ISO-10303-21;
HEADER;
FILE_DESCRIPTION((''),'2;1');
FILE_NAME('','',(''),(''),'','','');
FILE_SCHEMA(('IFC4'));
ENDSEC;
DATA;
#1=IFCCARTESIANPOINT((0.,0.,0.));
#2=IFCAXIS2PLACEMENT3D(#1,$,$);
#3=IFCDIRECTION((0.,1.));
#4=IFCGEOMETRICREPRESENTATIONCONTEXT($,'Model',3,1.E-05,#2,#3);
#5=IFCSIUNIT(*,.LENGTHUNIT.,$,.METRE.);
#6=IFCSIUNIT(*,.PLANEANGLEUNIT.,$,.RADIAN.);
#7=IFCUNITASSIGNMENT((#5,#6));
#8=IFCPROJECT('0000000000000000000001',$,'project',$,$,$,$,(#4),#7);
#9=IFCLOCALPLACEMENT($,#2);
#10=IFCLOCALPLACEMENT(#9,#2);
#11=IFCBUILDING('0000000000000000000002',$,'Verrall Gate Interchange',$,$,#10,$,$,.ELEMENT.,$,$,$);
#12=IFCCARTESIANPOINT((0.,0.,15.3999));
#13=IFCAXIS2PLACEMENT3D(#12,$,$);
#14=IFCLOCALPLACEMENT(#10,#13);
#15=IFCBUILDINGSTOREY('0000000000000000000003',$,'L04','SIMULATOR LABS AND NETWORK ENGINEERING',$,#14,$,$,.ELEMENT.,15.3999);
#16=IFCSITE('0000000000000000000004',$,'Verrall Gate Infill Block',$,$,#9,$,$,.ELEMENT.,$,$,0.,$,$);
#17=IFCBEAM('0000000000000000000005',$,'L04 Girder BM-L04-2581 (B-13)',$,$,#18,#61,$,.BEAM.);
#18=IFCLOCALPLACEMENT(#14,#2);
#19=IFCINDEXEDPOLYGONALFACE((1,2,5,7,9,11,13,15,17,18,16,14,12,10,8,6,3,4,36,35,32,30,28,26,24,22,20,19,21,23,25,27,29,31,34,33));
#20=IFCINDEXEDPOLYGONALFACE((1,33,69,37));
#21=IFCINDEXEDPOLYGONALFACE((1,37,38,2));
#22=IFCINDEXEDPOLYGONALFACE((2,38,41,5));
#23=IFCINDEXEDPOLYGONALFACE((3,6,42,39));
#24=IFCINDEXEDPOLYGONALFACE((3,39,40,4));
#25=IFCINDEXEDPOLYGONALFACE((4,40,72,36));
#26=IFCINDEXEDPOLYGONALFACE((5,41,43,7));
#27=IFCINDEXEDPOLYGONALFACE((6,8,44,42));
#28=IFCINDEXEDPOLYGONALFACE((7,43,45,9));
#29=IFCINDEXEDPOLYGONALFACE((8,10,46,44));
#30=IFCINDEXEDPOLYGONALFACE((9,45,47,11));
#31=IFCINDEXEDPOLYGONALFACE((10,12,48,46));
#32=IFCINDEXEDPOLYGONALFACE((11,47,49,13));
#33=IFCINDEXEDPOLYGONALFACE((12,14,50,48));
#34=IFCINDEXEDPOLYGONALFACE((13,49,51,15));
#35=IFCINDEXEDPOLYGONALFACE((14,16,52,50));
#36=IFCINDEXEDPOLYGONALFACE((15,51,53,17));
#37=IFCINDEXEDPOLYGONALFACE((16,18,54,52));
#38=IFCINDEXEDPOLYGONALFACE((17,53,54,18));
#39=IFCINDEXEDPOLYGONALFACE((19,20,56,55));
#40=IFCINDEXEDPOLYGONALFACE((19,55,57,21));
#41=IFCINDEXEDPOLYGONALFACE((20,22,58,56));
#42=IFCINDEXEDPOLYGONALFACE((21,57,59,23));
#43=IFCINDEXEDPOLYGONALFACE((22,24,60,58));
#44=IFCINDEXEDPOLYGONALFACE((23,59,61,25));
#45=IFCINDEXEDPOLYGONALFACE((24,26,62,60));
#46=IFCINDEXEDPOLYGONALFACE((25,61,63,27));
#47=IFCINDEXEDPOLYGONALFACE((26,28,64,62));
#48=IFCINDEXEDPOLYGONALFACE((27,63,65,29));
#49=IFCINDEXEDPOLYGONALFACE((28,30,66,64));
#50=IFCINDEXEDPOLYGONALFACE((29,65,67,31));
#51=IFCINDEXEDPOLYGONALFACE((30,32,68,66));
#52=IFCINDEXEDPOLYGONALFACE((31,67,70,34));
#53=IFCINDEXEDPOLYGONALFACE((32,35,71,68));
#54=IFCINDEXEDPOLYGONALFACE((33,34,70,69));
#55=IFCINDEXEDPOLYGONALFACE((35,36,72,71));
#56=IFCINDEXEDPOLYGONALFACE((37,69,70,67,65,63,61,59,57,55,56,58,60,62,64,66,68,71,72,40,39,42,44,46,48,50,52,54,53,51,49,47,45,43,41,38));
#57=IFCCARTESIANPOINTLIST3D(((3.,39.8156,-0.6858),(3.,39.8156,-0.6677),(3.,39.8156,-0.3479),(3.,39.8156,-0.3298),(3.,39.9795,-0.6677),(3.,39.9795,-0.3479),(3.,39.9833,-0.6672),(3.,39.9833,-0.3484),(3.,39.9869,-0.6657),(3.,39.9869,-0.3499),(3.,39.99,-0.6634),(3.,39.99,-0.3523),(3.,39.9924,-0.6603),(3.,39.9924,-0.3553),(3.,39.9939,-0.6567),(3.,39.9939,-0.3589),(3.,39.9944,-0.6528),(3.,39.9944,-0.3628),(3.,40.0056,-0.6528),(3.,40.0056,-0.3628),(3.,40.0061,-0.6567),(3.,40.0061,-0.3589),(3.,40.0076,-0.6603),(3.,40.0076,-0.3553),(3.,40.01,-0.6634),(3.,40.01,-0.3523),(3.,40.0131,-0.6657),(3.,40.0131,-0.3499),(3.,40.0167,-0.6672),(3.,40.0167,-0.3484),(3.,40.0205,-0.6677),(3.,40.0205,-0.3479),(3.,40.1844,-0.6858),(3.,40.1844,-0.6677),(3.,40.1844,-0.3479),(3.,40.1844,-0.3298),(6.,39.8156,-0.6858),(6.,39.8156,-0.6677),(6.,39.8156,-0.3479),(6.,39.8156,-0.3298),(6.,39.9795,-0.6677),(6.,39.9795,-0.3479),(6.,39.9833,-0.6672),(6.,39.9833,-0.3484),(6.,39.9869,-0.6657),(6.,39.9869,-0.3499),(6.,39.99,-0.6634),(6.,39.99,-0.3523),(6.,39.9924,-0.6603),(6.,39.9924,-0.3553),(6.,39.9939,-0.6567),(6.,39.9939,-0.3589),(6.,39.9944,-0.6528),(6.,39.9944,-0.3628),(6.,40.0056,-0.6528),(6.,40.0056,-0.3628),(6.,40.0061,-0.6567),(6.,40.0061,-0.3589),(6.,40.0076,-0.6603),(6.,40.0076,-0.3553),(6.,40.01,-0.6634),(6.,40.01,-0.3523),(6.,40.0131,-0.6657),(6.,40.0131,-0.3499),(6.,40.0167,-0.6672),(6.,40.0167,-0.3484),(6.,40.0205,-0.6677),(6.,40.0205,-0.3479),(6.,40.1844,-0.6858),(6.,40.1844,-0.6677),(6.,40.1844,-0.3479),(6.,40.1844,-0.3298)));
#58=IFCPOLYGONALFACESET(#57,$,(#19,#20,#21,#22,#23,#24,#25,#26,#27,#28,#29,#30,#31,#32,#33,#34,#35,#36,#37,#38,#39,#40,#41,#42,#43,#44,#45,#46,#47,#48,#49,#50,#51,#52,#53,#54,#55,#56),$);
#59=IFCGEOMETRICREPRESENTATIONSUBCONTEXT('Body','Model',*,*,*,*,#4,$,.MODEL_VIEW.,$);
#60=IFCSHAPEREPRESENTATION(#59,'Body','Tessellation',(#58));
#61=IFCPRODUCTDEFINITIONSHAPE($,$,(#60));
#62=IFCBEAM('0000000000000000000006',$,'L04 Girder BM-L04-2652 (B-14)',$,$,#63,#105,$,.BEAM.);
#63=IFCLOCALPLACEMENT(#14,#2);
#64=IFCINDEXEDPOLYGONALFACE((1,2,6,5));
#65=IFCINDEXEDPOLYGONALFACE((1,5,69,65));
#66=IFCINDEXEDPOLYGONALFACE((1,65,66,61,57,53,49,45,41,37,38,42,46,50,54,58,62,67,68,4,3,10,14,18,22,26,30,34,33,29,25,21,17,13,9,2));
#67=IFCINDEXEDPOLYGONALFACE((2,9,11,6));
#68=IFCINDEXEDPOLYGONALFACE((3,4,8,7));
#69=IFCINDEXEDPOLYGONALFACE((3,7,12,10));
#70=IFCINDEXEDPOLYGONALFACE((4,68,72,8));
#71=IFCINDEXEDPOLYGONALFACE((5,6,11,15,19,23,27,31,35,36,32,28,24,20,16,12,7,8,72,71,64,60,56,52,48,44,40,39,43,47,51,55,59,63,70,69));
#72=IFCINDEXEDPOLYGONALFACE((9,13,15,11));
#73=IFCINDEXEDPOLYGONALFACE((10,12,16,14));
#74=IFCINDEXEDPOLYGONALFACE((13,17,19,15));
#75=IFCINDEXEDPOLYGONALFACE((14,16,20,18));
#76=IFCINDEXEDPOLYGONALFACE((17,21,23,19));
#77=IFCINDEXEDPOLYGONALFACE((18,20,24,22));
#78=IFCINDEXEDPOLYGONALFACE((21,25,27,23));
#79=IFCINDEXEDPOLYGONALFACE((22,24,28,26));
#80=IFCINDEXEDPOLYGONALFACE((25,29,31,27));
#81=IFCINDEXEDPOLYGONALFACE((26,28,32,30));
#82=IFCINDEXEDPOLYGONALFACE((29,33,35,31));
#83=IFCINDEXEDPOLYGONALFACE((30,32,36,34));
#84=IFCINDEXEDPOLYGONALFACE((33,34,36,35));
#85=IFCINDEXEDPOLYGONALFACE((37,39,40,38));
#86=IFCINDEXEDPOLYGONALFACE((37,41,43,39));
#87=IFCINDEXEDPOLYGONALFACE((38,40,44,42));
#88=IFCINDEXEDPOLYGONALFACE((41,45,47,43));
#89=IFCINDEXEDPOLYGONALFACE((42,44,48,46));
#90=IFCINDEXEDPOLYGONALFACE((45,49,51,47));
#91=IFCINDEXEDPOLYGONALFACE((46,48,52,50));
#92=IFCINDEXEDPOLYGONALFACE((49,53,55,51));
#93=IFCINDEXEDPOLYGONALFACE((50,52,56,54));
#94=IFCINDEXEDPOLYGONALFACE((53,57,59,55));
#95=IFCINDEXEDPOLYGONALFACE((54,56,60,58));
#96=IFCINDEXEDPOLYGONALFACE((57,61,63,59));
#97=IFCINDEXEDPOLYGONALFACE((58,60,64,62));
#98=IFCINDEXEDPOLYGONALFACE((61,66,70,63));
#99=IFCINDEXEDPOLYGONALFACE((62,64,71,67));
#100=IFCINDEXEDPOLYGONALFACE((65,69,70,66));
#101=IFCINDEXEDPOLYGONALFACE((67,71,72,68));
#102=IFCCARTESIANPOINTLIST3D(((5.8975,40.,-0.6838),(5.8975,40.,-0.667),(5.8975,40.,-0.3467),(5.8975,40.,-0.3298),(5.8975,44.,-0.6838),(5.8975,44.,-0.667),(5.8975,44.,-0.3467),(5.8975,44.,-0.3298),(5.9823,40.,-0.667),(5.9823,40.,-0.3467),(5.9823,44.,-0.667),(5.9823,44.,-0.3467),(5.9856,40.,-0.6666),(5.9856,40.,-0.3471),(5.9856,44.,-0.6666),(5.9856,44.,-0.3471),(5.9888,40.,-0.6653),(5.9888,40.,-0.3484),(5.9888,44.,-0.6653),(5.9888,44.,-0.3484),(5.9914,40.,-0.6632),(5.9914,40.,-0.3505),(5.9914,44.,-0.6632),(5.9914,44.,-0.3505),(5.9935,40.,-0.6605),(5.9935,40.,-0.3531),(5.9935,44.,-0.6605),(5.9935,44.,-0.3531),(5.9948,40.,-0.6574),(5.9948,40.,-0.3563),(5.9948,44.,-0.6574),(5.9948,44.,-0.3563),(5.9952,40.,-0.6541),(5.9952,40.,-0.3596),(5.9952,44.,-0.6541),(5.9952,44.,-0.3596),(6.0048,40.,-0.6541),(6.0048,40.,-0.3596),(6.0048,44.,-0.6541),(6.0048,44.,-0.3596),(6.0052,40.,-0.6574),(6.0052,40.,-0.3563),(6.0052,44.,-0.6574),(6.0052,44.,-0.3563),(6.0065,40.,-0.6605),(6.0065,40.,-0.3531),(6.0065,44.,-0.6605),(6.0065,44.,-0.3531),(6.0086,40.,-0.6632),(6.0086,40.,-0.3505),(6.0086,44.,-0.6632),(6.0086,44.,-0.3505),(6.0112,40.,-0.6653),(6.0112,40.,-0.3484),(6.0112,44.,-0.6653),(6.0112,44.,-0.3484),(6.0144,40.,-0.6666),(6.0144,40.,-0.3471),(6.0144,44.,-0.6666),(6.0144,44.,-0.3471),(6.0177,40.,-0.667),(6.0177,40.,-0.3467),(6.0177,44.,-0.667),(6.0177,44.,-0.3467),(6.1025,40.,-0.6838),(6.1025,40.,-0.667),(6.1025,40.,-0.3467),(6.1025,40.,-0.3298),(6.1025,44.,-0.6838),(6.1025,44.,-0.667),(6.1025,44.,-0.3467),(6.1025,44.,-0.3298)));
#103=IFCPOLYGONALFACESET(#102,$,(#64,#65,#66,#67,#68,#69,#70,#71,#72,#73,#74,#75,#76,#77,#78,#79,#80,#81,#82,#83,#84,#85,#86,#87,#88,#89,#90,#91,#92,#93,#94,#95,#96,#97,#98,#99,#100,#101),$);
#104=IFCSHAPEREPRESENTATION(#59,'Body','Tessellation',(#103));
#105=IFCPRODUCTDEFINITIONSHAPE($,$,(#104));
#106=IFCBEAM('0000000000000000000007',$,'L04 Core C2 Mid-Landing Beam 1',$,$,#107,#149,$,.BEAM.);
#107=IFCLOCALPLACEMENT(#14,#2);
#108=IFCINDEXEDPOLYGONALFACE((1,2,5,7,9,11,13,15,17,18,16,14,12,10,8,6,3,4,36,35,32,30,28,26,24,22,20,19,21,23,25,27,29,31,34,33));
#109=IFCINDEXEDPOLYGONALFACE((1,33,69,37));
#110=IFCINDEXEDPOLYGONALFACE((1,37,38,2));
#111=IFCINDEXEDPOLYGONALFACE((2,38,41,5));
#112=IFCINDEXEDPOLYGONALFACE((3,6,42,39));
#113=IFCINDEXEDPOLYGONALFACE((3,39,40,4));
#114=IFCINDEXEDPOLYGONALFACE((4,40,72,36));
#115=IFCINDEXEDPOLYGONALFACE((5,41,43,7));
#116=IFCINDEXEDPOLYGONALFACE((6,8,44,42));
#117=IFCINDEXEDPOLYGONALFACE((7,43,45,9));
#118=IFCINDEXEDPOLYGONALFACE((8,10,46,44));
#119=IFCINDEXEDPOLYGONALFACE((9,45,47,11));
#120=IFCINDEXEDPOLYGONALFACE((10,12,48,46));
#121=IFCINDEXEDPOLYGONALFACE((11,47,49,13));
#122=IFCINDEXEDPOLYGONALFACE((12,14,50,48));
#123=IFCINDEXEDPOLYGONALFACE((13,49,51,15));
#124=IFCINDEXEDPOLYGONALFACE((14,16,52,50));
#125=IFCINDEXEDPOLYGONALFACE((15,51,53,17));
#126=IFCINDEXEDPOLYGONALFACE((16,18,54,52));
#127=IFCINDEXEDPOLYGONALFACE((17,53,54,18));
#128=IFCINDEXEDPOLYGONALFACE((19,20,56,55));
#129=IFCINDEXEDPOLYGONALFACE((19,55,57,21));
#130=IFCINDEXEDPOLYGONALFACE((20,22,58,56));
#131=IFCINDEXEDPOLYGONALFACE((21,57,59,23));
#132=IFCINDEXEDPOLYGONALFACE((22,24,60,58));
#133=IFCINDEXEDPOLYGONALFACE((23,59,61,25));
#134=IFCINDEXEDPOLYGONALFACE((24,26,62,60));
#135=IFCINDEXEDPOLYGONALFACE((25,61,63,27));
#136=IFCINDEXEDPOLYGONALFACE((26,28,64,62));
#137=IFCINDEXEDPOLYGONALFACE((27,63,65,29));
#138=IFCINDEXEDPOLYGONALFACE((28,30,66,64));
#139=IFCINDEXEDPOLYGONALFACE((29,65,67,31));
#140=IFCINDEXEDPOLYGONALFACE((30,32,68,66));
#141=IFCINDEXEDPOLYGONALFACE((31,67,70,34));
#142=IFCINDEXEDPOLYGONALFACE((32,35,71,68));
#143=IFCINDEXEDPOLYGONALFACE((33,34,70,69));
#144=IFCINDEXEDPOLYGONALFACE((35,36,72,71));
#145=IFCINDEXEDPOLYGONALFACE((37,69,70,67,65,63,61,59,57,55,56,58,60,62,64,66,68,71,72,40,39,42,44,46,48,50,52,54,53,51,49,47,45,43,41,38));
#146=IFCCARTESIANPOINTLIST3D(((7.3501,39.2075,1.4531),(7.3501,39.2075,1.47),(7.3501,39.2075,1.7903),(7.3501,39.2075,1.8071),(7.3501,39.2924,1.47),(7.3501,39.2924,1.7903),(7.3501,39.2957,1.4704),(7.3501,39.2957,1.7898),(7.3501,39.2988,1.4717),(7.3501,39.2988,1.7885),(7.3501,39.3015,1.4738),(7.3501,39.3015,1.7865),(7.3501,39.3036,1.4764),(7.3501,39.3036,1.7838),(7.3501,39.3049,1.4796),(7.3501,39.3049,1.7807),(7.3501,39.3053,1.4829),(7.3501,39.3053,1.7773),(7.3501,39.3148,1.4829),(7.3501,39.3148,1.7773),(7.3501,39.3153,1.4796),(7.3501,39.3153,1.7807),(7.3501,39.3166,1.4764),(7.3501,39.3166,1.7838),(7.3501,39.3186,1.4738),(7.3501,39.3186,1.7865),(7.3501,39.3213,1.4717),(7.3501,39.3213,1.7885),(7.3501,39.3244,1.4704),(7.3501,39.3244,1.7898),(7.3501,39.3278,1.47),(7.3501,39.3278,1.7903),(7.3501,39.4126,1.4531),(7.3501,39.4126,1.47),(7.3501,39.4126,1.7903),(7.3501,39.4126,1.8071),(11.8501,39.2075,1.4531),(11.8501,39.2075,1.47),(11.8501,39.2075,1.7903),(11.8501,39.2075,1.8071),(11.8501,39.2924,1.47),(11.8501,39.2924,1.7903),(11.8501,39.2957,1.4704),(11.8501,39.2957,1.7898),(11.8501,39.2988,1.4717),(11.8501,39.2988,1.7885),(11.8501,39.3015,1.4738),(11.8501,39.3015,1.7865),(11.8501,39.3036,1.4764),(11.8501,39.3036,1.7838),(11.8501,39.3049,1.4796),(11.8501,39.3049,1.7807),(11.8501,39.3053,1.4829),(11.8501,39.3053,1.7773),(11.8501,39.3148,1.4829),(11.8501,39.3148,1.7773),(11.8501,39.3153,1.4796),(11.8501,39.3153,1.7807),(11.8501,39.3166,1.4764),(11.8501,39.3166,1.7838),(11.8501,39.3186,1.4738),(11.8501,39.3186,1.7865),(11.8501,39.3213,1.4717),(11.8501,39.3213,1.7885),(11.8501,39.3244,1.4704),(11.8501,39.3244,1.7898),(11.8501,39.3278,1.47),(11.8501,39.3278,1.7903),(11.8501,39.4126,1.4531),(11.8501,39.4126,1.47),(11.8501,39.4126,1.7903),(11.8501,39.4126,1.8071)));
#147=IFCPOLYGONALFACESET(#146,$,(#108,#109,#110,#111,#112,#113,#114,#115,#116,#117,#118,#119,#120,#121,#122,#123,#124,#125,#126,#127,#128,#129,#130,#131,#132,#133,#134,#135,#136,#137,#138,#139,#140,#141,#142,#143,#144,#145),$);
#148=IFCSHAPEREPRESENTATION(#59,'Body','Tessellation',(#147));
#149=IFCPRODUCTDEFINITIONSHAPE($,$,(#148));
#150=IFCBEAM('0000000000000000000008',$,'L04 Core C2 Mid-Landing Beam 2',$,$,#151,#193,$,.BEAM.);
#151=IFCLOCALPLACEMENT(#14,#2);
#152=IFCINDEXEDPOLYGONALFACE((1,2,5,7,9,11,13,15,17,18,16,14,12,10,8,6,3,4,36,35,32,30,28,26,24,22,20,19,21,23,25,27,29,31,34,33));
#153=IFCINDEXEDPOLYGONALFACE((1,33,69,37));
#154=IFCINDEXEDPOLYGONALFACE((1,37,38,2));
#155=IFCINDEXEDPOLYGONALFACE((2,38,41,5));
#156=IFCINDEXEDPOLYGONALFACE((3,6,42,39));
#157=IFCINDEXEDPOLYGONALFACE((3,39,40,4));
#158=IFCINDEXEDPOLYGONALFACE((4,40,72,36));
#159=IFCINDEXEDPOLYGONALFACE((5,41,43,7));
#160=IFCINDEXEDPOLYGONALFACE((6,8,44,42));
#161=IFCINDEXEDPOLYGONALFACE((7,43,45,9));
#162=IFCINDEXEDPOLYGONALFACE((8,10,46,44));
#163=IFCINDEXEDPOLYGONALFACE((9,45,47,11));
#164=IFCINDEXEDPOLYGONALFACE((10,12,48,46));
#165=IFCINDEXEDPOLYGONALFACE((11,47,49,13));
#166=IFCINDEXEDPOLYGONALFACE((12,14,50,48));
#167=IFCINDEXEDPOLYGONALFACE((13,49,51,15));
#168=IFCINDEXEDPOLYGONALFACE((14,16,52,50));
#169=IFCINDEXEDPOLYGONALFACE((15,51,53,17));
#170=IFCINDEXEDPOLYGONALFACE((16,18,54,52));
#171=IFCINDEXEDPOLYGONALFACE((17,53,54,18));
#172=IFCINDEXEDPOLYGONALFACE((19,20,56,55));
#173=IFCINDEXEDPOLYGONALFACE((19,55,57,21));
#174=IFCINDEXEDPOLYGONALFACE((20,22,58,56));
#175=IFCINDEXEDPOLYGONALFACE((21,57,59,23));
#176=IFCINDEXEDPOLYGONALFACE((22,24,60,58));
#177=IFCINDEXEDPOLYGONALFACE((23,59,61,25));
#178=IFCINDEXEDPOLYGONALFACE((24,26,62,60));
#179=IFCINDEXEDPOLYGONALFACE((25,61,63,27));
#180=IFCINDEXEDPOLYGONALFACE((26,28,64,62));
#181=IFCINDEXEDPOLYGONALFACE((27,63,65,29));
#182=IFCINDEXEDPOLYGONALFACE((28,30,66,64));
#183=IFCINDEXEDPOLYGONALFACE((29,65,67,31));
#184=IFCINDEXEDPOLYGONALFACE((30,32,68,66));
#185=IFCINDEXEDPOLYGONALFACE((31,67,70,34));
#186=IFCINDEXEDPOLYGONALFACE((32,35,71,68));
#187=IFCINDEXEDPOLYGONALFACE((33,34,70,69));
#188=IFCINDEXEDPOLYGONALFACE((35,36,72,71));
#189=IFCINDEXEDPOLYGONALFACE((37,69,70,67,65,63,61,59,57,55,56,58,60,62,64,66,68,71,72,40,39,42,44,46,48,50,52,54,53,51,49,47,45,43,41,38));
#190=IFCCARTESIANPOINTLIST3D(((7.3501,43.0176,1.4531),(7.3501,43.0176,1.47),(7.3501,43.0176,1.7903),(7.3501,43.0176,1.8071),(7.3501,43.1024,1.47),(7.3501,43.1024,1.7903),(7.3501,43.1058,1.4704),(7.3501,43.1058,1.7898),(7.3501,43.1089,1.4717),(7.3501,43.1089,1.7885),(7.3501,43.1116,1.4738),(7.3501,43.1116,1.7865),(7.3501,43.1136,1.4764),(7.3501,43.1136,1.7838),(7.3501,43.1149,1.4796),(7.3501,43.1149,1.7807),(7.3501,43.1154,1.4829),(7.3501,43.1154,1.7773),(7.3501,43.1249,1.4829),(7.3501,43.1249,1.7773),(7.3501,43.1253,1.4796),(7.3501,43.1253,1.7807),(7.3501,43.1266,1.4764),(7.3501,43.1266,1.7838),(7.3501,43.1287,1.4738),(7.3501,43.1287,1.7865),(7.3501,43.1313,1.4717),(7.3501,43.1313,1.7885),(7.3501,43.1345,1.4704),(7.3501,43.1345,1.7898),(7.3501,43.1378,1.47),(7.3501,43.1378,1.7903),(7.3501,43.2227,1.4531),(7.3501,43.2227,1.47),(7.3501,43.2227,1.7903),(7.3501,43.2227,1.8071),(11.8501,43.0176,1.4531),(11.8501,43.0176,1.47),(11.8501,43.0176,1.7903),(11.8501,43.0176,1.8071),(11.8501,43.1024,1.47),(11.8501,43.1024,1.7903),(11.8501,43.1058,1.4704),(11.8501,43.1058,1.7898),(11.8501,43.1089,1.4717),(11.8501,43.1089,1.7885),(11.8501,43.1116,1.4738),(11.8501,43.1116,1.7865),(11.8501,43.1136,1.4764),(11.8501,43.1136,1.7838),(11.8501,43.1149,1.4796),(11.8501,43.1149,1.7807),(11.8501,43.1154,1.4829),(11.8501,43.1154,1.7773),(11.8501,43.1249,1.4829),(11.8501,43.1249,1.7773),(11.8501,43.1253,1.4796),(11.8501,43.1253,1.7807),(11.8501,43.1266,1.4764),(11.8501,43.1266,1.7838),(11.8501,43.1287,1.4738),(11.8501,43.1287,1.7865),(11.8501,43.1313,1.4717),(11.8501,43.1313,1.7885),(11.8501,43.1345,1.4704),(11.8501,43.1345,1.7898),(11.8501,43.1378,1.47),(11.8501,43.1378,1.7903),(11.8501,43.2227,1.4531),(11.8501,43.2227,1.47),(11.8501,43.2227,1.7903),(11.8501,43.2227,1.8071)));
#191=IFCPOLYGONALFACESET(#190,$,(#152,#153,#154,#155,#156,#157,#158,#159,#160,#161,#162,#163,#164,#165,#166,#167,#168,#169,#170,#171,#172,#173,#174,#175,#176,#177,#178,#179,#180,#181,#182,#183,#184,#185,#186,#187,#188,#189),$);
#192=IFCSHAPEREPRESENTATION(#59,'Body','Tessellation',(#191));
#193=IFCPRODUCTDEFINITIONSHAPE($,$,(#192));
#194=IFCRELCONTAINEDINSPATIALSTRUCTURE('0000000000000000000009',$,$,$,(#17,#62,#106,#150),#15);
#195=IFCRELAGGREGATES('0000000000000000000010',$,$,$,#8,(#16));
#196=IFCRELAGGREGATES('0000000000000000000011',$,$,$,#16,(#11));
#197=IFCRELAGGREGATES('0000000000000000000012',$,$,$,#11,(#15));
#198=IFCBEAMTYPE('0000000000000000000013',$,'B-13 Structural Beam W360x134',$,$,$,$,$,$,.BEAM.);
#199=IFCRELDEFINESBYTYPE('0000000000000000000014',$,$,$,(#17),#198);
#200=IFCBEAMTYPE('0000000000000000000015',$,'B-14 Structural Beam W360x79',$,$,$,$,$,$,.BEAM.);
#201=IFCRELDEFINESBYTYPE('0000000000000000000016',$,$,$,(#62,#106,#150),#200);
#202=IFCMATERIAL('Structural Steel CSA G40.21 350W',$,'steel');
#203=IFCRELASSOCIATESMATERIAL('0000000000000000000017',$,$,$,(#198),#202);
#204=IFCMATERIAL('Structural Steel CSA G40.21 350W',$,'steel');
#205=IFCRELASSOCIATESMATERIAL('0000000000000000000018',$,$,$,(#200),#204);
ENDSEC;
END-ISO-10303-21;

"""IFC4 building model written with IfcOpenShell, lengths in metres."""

from ifc_helpers import new_model, si_unit, direction, frame, origin, origin_2d, place, context, subcontext, project, spatial, i_section, extrude, material, material_profile, profile_set, type_object, element, save


model = new_model("IFC4")

# Units and contexts
model_context = context("Model", 3, precision=1e-05, world=origin(), true_north=direction((0.0, 1.0)))
body_context = subcontext(model_context, "Body", "Model", "MODEL_VIEW")
ifc_project = project(units=[si_unit("LENGTHUNIT", "METRE"), si_unit("PLANEANGLEUNIT", "RADIAN")], contexts=[model_context])

# Site, building, storey
site_placement = place(None, origin())
site = spatial("IfcSite", under=ifc_project, at=site_placement, Name="Verrall Gate Infill Block", CompositionType="ELEMENT", RefElevation=0.0)
building_placement = place(site_placement, origin())
building = spatial("IfcBuilding", under=site, at=building_placement, Name="Verrall Gate Interchange", CompositionType="ELEMENT")
storey_placement = place(building_placement, frame((0.0, 0.0, 15.3999)))
storey = spatial("IfcBuildingStorey", under=building, at=storey_placement, Name="L04", Description="SIMULATOR LABS AND NETWORK ENGINEERING", CompositionType="ELEMENT", Elevation=15.3999)

# Beams
ifc_material_1 = material(Name="Structural Steel CSA G40.21 350W", Category="steel")
ifc_material_profile_1 = material_profile(ifc_material_1, i_section(OverallWidth=0.3689, OverallDepth=0.356, WebThickness=0.0112, FlangeThickness=0.0181, FilletRadius=0.0149, at=origin_2d()), Name="W360x134")
ifc_profile_set_1 = profile_set([ifc_material_profile_1], Name="Structural Steel CSA G40.21 350W")
beam_type_1 = type_object("IfcBeamType", Name="B-13 Structural Beam W360x134", PredefinedType="BEAM", material=ifc_profile_set_1)
beam_1_placement = place(storey_placement, frame((3.0, 40.0, -0.5078), z_axis=(1.0, 0.0, 0.0), x_axis=(0.0, 1.0, 0.0)))
element("IfcBeam", 1, at=beam_1_placement, inside=storey, type_object=beam_type_1, Name="L04 Girder BM-L04-2581 (B-13)", PredefinedType="BEAM", context=body_context, shape_type="SweptSolid", body=[
    extrude(i_section(OverallWidth=0.3689, OverallDepth=0.356, WebThickness=0.0112, FlangeThickness=0.0181, FilletRadius=0.0149, at=origin_2d()), origin(), (0.0, 0.0, 1.0), 3.0),
])
ifc_material_2 = material(Name="Structural Steel CSA G40.21 350W", Category="steel")
ifc_material_profile_2 = material_profile(ifc_material_2, i_section(OverallWidth=0.2051, OverallDepth=0.354, WebThickness=0.0095, FlangeThickness=0.0168, FilletRadius=0.0129, at=origin_2d()), Name="W360x79")
ifc_profile_set_2 = profile_set([ifc_material_profile_2], Name="Structural Steel CSA G40.21 350W")
beam_type_2 = type_object("IfcBeamType", Name="B-14 Structural Beam W360x79", PredefinedType="BEAM", material=ifc_profile_set_2)
beam_2_placement = place(storey_placement, frame((6.0, 40.0, -0.5068), z_axis=(0.0, 1.0, 0.0), x_axis=(-1.0, 0.0, 0.0)))
element("IfcBeam", 2, at=beam_2_placement, inside=storey, type_object=beam_type_2, Name="L04 Girder BM-L04-2652 (B-14)", PredefinedType="BEAM", context=body_context, shape_type="SweptSolid", body=[
    extrude(i_section(OverallWidth=0.2051, OverallDepth=0.354, WebThickness=0.0095, FlangeThickness=0.0168, FilletRadius=0.0129, at=origin_2d()), origin(), (0.0, 0.0, 1.0), 4.0),
])
for number, where, z_axis, x_axis, name in (
    (3, (7.3501, 39.3101, 1.6301), (1.0, 0.0, 0.0), (0.0, 1.0, 0.0), "L04 Core C2 Mid-Landing Beam 1"),
    (4, (7.3501, 43.1201, 1.6301), (1.0, 0.0, 0.0), (0.0, 1.0, 0.0), "L04 Core C2 Mid-Landing Beam 2"),
):
    element("IfcBeam", number, at=place(storey_placement, frame(where, z_axis=z_axis, x_axis=x_axis)), inside=storey, type_object=beam_type_2, Name=name, PredefinedType="BEAM", context=body_context, shape_type="SweptSolid", body=[
        extrude(i_section(OverallWidth=0.2051, OverallDepth=0.354, WebThickness=0.0095, FlangeThickness=0.0168, FilletRadius=0.0129, at=origin_2d()), origin(), (0.0, 0.0, 1.0), 4.5),
    ])

save(model, "model.ifc")
